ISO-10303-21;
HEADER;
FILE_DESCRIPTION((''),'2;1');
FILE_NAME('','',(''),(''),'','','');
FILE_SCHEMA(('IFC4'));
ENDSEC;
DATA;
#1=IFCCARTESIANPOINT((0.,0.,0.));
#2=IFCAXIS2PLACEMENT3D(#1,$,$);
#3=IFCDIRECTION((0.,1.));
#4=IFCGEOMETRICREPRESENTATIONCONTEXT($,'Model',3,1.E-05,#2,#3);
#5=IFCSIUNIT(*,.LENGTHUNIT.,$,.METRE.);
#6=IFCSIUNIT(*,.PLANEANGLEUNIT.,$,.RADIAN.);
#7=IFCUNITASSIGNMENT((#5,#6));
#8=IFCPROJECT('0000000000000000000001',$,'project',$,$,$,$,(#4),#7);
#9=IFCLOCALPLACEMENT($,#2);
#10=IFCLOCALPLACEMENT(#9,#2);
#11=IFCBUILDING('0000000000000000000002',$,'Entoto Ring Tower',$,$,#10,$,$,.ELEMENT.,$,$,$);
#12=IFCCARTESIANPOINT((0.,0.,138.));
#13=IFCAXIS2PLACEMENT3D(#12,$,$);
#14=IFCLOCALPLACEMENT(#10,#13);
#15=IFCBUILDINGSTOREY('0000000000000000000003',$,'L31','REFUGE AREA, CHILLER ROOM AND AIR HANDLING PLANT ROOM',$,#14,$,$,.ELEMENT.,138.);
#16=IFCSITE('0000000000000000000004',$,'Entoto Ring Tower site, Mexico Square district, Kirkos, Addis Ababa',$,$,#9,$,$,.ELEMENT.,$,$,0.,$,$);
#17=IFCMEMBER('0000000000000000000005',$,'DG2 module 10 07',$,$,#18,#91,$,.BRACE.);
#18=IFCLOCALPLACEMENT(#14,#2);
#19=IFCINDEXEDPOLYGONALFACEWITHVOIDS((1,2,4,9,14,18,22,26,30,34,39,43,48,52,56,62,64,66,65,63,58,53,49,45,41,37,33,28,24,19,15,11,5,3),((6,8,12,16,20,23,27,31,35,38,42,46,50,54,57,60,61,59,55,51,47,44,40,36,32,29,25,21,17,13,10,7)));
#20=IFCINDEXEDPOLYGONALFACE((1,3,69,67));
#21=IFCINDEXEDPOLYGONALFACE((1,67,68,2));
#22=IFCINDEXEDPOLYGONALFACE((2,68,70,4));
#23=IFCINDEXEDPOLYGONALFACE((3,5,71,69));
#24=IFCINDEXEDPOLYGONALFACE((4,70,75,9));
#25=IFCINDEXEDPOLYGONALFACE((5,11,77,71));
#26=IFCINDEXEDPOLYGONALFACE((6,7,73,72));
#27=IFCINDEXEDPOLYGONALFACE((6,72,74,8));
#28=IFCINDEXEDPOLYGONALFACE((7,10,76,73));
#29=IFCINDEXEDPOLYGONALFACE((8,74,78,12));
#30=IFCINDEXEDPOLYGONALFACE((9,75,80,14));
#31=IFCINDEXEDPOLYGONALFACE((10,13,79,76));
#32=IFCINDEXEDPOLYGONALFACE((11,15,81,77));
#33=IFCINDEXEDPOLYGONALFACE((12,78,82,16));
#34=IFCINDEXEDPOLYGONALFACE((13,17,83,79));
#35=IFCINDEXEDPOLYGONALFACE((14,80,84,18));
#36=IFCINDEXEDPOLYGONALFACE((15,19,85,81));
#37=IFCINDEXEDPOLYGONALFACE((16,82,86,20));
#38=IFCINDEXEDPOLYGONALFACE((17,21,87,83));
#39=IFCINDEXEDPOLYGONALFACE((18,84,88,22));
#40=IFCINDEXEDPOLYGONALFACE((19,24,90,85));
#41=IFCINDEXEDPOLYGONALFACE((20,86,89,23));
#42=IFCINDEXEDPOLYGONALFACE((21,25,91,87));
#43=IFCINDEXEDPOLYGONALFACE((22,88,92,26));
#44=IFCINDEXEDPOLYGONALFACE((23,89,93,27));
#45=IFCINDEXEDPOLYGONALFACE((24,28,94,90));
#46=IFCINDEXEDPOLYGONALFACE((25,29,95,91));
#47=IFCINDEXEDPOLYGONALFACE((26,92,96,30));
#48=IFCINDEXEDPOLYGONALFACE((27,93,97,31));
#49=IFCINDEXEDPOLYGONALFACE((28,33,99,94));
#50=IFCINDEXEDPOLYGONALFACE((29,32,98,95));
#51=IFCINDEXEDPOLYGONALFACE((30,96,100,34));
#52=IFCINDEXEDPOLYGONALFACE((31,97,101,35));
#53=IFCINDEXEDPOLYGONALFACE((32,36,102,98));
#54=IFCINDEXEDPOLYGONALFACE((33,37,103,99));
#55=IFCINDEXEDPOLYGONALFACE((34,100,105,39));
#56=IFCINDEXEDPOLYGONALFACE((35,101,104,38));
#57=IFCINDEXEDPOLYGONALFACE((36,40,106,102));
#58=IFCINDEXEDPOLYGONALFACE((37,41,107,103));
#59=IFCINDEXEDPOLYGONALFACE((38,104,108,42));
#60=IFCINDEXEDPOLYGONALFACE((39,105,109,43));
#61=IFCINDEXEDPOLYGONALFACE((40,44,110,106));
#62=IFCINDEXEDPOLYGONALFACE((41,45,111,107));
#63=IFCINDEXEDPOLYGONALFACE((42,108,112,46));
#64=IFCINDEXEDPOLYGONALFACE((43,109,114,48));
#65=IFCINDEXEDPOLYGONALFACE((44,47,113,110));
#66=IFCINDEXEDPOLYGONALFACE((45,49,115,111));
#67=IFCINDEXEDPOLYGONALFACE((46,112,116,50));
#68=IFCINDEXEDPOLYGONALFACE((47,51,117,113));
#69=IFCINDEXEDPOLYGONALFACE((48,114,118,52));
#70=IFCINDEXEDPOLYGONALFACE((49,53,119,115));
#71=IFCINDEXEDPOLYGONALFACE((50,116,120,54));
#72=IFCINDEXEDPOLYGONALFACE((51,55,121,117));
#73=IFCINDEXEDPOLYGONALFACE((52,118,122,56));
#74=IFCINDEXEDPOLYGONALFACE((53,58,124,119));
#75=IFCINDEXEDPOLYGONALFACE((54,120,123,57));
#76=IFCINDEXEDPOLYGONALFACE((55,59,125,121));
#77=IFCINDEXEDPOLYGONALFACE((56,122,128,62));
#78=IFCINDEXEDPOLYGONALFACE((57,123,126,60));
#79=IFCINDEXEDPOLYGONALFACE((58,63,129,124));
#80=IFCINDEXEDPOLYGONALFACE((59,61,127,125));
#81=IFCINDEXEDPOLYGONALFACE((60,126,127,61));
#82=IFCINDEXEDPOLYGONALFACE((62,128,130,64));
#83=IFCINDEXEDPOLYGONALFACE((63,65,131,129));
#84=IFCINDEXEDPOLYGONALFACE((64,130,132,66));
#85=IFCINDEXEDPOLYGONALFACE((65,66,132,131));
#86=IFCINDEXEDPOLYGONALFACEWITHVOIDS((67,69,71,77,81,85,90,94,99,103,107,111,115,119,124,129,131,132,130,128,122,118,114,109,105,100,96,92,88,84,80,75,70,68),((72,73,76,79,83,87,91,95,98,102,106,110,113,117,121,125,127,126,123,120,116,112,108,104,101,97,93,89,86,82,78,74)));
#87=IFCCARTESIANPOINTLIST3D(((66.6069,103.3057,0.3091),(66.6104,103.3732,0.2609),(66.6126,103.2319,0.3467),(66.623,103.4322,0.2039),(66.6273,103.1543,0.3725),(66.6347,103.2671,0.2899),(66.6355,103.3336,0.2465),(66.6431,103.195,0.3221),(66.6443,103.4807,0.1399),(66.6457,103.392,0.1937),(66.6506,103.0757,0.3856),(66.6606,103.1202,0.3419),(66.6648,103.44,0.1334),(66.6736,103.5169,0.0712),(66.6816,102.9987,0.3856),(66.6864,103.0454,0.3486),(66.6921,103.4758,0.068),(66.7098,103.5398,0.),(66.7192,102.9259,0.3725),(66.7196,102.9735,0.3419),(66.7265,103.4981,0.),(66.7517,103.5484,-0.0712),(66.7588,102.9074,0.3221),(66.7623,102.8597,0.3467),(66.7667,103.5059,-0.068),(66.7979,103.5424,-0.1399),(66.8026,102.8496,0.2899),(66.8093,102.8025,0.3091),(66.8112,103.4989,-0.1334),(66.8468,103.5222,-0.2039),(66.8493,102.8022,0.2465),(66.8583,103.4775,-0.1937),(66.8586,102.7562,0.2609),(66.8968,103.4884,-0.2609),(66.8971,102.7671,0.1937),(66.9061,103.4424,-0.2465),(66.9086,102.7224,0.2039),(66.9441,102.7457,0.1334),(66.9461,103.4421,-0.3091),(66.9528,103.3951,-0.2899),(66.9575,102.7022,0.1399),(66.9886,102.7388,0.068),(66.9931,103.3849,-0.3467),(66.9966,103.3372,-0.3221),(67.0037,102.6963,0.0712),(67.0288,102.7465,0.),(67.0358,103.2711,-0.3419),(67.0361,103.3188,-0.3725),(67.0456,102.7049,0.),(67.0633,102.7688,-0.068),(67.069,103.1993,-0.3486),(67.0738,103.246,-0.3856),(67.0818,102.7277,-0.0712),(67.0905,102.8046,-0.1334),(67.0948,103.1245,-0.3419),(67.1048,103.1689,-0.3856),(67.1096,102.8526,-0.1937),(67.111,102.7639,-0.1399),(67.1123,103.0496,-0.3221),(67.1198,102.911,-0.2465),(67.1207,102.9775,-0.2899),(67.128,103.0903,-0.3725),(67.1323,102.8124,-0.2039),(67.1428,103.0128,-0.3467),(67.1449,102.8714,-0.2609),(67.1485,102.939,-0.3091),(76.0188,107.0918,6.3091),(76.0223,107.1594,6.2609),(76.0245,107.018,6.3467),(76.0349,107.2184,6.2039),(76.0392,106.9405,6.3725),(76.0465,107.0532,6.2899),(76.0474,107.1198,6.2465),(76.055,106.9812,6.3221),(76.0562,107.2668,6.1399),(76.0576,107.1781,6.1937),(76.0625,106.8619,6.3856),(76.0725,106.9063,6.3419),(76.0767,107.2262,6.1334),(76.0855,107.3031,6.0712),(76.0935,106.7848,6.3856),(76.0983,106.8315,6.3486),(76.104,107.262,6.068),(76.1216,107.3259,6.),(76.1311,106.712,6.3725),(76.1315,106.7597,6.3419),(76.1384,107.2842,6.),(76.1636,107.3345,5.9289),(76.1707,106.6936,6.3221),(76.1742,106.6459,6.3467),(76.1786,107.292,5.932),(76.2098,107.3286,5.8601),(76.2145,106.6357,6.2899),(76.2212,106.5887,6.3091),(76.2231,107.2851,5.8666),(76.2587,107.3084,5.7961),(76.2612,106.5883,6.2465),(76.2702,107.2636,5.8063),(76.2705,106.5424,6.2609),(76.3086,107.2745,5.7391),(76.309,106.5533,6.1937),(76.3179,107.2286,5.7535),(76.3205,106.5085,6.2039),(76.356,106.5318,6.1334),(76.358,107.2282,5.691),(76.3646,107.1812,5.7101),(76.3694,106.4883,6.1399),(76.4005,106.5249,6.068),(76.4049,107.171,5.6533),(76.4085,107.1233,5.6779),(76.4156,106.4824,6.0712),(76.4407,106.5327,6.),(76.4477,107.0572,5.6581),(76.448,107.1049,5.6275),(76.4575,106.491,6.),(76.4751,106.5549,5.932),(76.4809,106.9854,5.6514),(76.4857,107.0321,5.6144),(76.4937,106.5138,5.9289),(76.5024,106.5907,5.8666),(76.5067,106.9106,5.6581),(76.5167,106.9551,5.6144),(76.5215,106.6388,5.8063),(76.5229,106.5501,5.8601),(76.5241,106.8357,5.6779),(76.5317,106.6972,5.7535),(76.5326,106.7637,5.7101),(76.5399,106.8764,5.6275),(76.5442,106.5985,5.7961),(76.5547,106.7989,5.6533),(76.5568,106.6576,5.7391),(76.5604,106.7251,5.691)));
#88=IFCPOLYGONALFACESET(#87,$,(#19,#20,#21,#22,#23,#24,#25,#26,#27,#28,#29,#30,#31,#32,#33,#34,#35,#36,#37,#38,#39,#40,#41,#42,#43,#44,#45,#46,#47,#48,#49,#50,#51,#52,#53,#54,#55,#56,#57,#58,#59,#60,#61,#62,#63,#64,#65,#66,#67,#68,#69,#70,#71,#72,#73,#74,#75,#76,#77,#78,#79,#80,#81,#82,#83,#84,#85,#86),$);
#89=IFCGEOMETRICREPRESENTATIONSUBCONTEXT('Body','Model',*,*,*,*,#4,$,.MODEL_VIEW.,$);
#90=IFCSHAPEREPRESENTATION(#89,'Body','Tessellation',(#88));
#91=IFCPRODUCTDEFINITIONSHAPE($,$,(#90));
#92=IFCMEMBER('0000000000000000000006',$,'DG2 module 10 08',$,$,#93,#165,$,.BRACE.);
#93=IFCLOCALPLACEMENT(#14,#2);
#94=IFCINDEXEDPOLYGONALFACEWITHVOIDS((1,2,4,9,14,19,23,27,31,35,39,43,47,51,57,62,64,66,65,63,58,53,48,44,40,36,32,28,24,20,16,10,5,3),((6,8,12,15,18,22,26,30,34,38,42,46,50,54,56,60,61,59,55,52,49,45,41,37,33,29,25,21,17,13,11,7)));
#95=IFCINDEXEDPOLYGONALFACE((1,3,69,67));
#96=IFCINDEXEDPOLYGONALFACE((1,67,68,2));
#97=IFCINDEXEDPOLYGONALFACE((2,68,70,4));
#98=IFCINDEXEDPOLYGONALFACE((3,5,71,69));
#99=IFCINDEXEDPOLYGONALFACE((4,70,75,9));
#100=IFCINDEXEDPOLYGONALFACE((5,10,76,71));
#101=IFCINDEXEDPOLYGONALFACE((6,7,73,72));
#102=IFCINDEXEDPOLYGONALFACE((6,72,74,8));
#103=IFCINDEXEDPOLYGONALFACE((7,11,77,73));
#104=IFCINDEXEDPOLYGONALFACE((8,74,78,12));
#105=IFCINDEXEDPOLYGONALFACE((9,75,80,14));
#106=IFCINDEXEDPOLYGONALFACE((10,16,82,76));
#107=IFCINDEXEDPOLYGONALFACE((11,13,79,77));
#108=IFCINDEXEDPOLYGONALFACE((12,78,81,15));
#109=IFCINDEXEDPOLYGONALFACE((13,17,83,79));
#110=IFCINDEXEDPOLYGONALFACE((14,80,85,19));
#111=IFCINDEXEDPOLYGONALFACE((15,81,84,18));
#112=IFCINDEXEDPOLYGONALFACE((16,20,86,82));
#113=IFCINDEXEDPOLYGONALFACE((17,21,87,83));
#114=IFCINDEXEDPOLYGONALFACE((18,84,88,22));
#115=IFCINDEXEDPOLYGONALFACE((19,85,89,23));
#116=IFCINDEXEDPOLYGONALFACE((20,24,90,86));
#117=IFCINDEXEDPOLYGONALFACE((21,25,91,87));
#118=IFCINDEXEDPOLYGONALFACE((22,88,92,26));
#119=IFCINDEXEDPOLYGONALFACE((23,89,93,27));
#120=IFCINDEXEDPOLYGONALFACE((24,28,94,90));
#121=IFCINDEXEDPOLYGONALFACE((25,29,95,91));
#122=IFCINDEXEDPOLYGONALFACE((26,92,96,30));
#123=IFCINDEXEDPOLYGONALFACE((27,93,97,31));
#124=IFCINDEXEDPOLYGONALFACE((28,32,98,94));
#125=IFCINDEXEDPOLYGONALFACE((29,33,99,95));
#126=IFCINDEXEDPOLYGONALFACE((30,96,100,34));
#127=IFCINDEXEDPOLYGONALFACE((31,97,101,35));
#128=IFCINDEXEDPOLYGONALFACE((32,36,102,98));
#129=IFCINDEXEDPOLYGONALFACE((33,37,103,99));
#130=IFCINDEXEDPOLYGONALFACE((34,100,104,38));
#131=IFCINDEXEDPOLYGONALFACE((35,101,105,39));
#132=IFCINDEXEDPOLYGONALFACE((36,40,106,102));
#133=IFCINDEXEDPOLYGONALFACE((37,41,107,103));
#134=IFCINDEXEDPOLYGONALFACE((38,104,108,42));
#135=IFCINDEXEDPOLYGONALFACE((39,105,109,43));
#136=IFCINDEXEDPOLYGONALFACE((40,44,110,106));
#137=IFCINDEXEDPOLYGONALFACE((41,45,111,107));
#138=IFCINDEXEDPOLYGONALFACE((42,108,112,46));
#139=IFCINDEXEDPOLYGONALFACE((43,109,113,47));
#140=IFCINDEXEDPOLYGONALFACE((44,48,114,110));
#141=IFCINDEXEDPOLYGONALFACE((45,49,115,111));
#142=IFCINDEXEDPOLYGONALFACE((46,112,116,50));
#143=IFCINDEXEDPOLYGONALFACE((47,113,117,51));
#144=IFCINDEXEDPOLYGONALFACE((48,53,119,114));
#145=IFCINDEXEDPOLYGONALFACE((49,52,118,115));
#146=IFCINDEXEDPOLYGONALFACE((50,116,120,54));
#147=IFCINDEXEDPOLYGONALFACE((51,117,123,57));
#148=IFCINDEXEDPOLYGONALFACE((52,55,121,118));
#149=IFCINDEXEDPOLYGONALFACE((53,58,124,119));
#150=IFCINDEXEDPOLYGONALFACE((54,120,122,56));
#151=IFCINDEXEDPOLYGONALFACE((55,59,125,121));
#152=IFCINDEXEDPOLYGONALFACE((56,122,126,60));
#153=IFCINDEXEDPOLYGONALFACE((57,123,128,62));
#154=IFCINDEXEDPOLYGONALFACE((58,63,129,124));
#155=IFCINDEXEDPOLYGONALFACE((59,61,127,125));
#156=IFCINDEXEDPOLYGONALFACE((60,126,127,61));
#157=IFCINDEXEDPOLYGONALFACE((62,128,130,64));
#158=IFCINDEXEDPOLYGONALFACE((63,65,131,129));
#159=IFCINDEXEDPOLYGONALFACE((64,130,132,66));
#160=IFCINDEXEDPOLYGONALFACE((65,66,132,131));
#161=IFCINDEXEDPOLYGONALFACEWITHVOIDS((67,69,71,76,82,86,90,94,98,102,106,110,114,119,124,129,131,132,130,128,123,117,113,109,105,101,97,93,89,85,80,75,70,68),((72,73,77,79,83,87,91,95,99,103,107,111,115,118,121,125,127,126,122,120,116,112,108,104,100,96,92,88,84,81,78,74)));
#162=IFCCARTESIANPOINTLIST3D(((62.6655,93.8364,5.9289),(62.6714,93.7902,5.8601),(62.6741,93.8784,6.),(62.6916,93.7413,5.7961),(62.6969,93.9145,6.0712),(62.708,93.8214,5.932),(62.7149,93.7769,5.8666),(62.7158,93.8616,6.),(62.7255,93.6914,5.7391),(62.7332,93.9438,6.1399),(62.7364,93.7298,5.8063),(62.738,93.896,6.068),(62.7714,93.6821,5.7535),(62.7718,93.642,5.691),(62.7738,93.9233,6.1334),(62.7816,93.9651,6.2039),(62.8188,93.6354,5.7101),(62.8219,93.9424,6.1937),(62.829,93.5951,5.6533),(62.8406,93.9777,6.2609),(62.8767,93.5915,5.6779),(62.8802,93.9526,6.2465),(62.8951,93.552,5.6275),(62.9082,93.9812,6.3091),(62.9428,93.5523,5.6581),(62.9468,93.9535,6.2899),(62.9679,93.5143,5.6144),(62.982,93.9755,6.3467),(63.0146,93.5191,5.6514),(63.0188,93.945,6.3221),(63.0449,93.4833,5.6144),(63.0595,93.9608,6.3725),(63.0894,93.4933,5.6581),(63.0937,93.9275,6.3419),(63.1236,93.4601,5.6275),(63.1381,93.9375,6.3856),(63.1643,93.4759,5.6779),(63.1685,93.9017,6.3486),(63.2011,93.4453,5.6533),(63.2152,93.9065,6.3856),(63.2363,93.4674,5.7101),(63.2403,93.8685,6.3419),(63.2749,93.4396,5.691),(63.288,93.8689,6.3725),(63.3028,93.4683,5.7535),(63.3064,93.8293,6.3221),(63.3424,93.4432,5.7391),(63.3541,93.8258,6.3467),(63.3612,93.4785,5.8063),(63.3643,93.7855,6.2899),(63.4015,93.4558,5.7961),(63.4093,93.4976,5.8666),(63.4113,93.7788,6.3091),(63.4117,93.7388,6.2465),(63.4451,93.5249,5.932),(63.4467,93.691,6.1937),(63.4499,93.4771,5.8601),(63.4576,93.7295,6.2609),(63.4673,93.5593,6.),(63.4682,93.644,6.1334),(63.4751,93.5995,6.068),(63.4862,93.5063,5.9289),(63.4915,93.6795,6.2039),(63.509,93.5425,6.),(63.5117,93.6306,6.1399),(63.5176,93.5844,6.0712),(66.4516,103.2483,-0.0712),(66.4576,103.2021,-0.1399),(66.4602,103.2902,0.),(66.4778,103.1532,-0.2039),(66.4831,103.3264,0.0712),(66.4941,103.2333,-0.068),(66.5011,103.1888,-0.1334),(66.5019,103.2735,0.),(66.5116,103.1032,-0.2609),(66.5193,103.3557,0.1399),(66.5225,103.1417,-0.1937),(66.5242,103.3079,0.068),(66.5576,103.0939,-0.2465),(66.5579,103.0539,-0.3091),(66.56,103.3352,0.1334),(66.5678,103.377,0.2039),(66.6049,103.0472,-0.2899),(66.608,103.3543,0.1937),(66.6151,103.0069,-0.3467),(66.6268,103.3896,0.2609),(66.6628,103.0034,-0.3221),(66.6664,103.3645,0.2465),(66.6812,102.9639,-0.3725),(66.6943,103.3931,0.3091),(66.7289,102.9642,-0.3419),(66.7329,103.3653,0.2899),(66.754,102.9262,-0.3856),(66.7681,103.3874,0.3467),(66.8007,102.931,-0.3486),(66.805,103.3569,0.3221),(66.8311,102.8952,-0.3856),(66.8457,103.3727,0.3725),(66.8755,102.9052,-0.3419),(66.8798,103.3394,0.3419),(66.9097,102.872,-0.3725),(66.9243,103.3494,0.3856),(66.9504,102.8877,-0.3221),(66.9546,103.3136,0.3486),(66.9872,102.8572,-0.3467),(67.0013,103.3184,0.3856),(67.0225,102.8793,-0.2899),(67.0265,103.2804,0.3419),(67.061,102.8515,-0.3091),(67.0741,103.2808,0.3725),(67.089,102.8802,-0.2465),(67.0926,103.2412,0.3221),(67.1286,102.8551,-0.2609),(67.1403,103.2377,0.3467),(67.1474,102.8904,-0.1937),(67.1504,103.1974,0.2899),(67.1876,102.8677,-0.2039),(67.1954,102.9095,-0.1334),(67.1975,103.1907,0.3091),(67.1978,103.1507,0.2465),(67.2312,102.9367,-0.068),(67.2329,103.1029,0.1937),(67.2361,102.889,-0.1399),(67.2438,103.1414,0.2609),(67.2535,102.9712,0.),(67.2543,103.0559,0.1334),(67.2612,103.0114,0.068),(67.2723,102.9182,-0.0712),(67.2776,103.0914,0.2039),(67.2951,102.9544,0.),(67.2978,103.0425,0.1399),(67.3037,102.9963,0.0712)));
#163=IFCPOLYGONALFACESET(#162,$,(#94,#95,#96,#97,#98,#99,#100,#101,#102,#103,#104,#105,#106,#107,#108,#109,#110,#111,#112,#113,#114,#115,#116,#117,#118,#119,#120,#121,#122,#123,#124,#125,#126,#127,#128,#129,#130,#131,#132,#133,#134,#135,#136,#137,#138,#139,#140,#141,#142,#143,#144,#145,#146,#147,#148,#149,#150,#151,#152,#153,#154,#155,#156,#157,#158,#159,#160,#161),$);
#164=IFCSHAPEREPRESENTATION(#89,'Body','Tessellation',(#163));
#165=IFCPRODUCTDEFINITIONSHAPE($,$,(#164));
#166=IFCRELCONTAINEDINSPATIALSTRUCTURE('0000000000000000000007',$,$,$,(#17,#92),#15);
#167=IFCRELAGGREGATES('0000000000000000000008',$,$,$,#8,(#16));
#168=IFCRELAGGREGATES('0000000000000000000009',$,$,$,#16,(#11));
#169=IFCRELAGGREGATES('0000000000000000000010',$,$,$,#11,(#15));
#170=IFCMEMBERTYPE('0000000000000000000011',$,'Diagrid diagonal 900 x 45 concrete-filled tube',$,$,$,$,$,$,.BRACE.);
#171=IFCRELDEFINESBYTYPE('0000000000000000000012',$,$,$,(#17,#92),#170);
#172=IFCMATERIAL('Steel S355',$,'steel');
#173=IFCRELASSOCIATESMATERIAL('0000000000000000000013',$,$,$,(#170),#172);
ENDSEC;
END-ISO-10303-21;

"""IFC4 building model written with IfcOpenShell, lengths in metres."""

from ifc_helpers import new_model, si_unit, direction, frame, origin, origin_2d, place, context, subcontext, project, spatial, circle, hollow_circle, extrude, material, material_profile, profile_set, type_object, element, save


model = new_model("IFC4")

# Units and contexts
model_context = context("Model", 3, precision=1e-05, world=origin(), true_north=direction((0.0, 1.0)))
body_context = subcontext(model_context, "Body", "Model", "MODEL_VIEW")
ifc_project = project(units=[si_unit("LENGTHUNIT", "METRE"), si_unit("PLANEANGLEUNIT", "RADIAN")], contexts=[model_context])

# Site, building, storey
site_placement = place(None, origin())
site = spatial("IfcSite", under=ifc_project, at=site_placement, Name="Entoto Ring Tower site, Mexico Square district, Kirkos, Addis Ababa", CompositionType="ELEMENT", RefElevation=0.0)
building_placement = place(site_placement, origin())
building = spatial("IfcBuilding", under=site, at=building_placement, Name="Entoto Ring Tower", CompositionType="ELEMENT")
storey_placement = place(building_placement, frame((0.0, 0.0, 138.0)))
storey = spatial("IfcBuildingStorey", under=building, at=storey_placement, Name="L31", Description="REFUGE AREA, CHILLER ROOM AND AIR HANDLING PLANT ROOM", CompositionType="ELEMENT", Elevation=138.0)

# Members
ifc_material_1 = material(Name="Steel S355", Category="steel")
ifc_material_profile_1 = material_profile(ifc_material_1, hollow_circle(Radius=0.45, WallThickness=0.0449, at=origin_2d()), Name="CHS 900 x 45")
ifc_material_2 = material(Name="Concrete C60/75", Category="concrete")
ifc_material_profile_2 = material_profile(ifc_material_2, circle(Radius=0.405, at=origin_2d()), Name="Concrete C60/75 infill")
ifc_profile_set_1 = profile_set([ifc_material_profile_1, ifc_material_profile_2], Name="Steel S355")
member_type_1 = type_object("IfcMemberType", Name="Diagrid diagonal 900 x 45 concrete-filled tube", PredefinedType="BRACE", material=ifc_profile_set_1)
for number, where, z_axis, x_axis, name in (
    (1, (66.8777, 103.1223, 0.0), (0.79854, 0.32123, 0.509064), (-0.373207, 0.927748, 0.0), "DG2 module 10 07"),
    (2, (66.8777, 103.1223, 0.0), (-0.32123, -0.79854, 0.509064), (0.927748, -0.373207, 0.0), "DG2 module 10 08"),
):
    element("IfcMember", number, at=place(storey_placement, frame(where, z_axis=z_axis, x_axis=x_axis)), inside=storey, type_object=member_type_1, Name=name, PredefinedType="BRACE", context=body_context, shape_type="SweptSolid", body=[
        extrude(hollow_circle(Radius=0.45, WallThickness=0.0449, at=origin_2d()), origin(), (0.0, 0.0, 1.0), 11.7864),
    ])

save(model, "model.ifc")
